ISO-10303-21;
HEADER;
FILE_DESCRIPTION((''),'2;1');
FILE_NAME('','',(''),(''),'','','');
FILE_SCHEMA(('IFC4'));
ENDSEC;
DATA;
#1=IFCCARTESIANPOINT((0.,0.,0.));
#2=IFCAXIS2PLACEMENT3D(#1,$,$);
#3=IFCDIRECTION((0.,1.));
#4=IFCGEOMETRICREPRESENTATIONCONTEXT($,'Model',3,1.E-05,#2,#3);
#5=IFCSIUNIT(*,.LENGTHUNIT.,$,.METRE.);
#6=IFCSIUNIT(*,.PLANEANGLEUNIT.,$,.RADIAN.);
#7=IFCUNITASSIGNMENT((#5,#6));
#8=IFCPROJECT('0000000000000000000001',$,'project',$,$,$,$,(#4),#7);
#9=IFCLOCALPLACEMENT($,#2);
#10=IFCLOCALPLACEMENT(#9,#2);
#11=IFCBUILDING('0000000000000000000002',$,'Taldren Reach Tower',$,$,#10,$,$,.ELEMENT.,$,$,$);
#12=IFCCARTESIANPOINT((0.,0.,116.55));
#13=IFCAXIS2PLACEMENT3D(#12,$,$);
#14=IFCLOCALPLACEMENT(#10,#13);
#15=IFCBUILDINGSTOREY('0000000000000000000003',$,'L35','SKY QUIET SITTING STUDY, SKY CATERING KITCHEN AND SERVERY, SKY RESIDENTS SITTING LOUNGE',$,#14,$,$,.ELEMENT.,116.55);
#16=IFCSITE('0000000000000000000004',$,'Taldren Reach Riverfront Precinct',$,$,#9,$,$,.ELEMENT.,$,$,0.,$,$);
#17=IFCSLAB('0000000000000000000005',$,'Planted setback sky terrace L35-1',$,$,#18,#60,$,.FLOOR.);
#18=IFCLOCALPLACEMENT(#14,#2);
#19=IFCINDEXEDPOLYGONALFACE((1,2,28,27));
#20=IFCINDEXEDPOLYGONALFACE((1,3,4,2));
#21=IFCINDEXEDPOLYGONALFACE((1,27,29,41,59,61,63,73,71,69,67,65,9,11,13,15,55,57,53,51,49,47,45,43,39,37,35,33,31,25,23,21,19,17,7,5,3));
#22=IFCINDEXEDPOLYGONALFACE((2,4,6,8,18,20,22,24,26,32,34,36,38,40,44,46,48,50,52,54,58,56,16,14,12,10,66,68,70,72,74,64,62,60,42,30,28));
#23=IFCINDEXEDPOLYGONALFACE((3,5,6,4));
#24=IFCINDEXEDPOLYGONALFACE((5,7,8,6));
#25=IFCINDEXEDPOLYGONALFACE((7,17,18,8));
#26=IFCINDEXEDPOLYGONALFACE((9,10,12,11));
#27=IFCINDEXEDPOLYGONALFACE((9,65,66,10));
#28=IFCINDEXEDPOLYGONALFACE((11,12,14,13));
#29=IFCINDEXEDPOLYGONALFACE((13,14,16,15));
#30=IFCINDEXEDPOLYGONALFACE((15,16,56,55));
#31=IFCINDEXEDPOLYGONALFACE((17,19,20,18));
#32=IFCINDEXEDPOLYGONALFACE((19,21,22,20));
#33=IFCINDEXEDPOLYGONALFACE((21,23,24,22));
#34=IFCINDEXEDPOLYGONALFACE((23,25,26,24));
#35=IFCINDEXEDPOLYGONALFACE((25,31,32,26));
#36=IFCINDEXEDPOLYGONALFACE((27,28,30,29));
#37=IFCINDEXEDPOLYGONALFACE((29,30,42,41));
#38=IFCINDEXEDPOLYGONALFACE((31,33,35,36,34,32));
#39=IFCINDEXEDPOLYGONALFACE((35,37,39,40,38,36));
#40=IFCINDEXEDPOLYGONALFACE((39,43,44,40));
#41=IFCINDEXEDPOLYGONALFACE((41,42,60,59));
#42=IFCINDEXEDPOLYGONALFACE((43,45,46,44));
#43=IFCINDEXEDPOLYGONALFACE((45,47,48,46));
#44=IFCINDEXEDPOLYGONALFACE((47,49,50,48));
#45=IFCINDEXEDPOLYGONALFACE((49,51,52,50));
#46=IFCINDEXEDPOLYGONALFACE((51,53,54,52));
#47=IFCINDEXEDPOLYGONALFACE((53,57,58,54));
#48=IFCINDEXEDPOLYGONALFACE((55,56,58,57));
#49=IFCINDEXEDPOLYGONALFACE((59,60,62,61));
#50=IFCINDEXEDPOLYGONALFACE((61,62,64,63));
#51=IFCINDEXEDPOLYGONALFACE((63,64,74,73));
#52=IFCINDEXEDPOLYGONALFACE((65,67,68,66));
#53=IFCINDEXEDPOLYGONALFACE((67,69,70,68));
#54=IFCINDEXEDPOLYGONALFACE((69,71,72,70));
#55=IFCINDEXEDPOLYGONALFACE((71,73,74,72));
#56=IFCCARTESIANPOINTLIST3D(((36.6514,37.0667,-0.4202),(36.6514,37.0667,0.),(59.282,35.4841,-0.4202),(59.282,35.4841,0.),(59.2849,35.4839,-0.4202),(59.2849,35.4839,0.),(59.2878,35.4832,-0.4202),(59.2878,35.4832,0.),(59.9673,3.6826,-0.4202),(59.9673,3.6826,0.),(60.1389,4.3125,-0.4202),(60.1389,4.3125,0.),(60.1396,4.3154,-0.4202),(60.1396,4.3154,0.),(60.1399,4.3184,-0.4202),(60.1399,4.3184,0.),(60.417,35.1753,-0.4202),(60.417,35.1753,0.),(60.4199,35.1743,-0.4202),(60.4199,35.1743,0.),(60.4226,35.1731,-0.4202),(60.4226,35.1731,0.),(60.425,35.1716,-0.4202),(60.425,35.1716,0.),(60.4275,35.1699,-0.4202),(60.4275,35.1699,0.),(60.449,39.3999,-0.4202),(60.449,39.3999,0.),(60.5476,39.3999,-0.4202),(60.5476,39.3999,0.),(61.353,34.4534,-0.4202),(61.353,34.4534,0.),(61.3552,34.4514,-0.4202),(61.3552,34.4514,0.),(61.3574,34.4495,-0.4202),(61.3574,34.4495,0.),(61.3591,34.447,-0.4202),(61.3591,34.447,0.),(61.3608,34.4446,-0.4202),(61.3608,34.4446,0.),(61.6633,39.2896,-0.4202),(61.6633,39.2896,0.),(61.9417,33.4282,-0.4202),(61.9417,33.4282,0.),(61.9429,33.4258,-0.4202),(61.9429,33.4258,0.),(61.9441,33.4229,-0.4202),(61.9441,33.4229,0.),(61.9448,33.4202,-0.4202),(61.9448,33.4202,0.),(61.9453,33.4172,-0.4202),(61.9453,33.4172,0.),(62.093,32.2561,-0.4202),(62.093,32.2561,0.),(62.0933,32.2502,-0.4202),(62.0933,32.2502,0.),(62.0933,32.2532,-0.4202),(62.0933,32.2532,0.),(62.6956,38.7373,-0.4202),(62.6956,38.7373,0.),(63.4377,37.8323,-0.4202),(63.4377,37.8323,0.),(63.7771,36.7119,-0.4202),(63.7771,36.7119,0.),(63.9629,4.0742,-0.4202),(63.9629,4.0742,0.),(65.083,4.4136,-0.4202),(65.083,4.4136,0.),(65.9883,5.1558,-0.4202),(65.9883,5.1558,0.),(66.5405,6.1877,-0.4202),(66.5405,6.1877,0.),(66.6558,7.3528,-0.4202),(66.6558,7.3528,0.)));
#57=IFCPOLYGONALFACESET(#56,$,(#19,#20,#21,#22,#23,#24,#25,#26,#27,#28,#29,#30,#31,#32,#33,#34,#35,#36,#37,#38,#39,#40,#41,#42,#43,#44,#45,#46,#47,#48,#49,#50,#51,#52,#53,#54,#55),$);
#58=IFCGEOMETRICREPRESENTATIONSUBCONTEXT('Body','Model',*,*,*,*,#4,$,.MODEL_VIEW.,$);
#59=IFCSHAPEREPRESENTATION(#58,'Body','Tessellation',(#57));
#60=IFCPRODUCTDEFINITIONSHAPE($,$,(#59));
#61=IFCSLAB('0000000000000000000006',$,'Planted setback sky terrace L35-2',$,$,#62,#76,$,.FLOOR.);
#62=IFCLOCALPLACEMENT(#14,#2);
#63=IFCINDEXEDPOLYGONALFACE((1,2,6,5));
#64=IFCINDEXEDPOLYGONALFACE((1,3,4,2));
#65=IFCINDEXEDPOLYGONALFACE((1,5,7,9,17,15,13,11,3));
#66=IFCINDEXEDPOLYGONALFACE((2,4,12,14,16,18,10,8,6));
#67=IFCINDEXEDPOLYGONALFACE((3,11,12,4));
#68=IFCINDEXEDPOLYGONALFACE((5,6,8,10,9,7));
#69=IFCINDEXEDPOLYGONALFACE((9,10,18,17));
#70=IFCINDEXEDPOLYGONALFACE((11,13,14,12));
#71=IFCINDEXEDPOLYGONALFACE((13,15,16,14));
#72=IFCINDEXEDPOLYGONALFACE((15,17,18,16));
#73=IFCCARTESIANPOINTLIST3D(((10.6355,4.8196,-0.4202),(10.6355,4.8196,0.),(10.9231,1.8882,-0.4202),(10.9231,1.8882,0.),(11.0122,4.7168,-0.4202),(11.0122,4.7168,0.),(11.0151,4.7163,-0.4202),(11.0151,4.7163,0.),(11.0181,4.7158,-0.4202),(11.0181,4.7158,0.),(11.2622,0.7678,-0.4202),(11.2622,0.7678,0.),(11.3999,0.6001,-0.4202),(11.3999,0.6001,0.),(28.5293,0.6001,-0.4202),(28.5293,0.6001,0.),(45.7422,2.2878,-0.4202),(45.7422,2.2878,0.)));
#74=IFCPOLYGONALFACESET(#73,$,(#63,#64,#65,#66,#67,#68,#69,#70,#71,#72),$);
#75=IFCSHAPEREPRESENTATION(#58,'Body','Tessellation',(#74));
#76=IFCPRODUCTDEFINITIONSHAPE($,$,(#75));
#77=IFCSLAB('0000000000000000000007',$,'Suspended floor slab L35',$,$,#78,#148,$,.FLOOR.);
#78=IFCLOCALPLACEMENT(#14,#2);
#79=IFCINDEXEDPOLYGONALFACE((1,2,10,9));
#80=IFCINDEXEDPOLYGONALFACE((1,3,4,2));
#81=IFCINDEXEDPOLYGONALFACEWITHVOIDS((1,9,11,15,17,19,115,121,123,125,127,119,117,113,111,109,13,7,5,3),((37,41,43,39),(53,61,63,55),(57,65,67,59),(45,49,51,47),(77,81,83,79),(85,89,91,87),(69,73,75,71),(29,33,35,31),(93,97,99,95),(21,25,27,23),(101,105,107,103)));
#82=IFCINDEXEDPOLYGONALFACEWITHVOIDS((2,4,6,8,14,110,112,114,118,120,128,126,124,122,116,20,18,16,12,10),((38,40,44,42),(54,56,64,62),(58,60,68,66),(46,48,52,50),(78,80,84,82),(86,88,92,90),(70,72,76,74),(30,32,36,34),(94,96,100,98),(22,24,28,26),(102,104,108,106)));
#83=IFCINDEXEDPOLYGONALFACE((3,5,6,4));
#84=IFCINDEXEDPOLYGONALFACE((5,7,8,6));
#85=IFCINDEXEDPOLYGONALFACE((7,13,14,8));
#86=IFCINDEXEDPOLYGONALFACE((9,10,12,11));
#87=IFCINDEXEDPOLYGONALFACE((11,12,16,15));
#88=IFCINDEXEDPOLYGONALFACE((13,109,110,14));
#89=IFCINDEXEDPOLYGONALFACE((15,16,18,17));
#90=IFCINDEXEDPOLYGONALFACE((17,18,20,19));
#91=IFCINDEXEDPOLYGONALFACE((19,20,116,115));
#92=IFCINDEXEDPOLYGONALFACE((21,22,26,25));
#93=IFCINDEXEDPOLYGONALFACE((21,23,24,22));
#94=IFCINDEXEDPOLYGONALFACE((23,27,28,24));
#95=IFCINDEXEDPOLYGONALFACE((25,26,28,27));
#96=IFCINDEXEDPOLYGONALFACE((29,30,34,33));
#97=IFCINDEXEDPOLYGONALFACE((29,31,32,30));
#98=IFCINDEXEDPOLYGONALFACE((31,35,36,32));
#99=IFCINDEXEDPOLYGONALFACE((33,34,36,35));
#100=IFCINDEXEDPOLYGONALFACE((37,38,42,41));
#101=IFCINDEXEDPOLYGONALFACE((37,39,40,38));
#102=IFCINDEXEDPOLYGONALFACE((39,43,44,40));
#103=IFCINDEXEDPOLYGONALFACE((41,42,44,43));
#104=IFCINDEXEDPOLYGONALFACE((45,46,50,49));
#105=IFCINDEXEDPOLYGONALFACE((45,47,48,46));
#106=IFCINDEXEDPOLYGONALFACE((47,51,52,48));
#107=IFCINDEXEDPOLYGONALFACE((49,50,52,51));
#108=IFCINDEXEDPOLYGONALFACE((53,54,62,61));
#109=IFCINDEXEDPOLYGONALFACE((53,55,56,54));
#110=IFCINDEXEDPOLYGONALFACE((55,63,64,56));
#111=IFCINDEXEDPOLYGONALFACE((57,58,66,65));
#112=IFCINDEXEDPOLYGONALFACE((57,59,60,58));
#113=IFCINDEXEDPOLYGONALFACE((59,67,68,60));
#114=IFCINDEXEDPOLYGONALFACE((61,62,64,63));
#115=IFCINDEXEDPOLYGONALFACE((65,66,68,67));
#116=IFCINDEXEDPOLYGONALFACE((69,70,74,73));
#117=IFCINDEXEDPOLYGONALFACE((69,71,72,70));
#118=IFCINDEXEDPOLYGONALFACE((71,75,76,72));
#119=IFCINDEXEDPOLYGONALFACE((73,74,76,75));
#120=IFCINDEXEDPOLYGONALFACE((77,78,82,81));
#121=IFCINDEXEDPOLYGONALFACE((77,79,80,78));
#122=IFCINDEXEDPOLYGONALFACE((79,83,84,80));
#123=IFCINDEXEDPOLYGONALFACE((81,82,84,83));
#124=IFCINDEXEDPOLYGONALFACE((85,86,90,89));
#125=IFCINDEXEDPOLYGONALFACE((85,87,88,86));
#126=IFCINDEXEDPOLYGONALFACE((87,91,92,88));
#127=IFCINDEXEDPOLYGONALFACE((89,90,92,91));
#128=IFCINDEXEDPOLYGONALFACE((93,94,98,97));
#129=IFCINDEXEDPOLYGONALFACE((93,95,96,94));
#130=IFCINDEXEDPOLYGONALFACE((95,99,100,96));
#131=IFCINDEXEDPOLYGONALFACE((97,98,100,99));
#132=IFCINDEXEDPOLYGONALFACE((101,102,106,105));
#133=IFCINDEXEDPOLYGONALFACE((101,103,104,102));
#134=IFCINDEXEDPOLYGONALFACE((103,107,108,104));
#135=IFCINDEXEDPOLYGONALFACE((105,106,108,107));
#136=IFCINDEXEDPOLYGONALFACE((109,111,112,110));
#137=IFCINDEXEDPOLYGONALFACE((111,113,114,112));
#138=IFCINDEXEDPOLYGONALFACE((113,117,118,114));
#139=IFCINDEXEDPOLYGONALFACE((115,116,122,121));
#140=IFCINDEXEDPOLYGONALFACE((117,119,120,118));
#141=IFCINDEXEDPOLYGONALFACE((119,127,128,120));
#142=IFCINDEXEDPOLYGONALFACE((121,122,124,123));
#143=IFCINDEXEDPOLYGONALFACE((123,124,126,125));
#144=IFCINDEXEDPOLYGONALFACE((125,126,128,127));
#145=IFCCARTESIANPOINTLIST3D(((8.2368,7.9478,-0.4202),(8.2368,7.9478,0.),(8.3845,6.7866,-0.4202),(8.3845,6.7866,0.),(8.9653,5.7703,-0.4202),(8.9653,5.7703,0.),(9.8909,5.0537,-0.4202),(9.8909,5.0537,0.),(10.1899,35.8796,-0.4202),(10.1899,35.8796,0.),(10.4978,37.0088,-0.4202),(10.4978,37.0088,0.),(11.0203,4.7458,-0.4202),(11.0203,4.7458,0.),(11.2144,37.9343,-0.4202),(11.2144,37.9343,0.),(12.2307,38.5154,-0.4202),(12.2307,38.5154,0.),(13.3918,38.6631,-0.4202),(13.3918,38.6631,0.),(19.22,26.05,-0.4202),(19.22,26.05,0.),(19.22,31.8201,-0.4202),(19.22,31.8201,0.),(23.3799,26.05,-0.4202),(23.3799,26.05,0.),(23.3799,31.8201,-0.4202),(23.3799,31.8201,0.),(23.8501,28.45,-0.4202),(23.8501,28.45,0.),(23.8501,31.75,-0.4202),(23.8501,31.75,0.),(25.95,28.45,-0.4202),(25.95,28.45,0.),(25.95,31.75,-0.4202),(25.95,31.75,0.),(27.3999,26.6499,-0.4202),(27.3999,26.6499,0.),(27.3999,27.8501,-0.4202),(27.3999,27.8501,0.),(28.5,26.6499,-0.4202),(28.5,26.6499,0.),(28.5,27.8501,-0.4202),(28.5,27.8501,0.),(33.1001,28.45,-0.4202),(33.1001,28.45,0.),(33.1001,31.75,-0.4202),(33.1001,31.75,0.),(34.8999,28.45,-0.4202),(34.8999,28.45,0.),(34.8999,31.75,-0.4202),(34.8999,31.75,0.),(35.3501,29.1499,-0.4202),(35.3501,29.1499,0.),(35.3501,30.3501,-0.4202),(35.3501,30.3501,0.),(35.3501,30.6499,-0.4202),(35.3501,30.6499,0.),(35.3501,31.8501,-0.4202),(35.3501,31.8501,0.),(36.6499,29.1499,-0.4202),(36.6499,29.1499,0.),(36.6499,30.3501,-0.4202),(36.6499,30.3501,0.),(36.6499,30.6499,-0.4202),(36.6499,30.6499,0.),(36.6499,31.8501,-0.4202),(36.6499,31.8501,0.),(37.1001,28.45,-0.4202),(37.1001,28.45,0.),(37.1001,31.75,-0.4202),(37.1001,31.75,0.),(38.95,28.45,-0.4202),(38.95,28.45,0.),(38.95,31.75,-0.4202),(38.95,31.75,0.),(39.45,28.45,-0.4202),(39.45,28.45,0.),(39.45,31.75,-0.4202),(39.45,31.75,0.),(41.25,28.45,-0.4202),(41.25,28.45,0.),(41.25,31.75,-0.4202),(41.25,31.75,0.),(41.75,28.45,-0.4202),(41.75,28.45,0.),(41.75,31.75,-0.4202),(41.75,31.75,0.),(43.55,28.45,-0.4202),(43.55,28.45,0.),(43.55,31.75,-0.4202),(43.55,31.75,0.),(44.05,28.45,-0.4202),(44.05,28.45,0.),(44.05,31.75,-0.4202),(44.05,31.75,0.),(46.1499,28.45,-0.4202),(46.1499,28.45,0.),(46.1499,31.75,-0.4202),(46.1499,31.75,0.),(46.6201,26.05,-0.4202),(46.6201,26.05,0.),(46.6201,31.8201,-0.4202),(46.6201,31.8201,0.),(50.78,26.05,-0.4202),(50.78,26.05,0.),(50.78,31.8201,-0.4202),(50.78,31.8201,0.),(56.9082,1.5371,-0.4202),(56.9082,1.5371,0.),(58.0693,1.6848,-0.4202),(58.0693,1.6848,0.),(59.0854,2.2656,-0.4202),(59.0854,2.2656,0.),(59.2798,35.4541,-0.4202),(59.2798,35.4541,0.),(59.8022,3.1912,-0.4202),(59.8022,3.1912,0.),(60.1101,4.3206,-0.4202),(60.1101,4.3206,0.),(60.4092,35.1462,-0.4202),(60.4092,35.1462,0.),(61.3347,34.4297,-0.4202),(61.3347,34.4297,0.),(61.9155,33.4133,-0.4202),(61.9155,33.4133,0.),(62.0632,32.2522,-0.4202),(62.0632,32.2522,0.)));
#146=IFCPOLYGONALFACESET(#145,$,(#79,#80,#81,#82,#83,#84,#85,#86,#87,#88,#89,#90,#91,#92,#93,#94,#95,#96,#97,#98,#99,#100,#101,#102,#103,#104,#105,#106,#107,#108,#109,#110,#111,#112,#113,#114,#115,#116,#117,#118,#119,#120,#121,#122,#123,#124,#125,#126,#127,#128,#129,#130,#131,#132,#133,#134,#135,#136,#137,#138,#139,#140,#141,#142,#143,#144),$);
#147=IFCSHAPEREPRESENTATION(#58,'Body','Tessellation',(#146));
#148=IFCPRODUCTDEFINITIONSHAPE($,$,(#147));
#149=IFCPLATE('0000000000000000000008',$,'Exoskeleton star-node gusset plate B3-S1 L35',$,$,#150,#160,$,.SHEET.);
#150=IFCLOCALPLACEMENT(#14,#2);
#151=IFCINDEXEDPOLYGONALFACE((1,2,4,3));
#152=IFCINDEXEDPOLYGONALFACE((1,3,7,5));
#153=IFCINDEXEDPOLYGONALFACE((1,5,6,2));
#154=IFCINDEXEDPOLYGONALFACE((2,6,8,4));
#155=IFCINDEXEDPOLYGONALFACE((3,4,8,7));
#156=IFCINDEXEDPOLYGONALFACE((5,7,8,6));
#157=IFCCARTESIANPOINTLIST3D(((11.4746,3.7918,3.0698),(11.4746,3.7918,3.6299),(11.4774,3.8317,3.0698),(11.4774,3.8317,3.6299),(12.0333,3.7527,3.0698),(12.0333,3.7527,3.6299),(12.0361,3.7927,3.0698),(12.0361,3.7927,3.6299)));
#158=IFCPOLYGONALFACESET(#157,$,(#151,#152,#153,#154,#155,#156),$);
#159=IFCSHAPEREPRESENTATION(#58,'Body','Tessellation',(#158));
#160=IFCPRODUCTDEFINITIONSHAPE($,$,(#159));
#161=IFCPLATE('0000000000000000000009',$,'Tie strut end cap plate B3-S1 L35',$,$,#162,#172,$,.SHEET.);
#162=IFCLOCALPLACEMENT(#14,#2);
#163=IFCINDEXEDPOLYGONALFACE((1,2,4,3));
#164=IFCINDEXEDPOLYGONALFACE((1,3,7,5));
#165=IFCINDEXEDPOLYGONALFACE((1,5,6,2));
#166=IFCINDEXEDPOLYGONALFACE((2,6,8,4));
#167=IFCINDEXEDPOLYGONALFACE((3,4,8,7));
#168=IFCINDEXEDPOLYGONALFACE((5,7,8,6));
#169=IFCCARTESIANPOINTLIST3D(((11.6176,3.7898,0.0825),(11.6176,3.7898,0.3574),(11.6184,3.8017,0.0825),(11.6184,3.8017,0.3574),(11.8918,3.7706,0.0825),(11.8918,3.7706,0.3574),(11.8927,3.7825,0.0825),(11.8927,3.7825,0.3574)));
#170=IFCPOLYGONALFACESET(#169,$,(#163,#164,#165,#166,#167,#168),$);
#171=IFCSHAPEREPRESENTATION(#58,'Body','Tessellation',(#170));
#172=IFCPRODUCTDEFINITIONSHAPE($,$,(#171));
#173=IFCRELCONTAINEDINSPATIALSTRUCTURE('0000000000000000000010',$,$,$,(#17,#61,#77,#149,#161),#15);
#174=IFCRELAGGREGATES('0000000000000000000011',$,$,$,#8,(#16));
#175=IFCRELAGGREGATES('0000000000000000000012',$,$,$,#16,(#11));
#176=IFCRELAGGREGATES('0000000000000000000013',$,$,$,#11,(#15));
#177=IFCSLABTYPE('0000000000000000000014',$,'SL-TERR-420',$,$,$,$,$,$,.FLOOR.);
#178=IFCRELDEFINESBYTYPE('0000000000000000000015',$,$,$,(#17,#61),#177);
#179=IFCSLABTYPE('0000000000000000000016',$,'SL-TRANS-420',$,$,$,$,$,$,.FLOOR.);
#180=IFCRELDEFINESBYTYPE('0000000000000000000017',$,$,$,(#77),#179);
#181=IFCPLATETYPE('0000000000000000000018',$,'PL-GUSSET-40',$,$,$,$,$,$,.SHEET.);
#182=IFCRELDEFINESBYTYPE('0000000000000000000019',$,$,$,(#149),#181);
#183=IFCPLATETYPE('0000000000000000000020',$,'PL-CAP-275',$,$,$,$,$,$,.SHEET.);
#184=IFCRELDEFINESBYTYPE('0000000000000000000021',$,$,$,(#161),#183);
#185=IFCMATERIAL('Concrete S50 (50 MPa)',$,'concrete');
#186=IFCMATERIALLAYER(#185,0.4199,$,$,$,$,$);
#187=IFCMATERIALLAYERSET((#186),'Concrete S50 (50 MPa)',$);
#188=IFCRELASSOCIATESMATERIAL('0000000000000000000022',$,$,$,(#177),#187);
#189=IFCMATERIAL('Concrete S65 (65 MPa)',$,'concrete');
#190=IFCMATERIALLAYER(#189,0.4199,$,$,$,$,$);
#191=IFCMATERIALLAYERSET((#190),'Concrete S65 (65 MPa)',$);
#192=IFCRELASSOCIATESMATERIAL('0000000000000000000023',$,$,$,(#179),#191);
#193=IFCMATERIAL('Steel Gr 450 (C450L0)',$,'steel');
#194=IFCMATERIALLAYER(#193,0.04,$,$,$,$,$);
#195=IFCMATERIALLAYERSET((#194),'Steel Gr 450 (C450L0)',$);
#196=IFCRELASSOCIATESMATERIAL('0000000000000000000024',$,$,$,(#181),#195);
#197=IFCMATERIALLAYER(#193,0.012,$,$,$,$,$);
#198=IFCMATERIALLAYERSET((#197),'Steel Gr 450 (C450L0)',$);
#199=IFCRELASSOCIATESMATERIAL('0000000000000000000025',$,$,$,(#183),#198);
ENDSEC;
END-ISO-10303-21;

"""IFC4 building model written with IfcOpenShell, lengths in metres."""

from ifc_helpers import new_model, si_unit, direction, frame, origin, origin_2d, place, context, subcontext, project, spatial, polyline, rectangle, outline, extrude, source, transform, mapped, material, layer, layer_set, type_object, element, save


model = new_model("IFC4")

# Units and contexts
model_context = context("Model", 3, precision=1e-05, world=origin(), true_north=direction((0.0, 1.0)))
body_context = subcontext(model_context, "Body", "Model", "MODEL_VIEW")
ifc_project = project(units=[si_unit("LENGTHUNIT", "METRE"), si_unit("PLANEANGLEUNIT", "RADIAN")], contexts=[model_context])

# Site, building, storey
site_placement = place(None, origin())
site = spatial("IfcSite", under=ifc_project, at=site_placement, Name="Taldren Reach Riverfront Precinct", CompositionType="ELEMENT", RefElevation=0.0)
building_placement = place(site_placement, origin())
building = spatial("IfcBuilding", under=site, at=building_placement, Name="Taldren Reach Tower", CompositionType="ELEMENT")
storey_placement = place(building_placement, frame((0.0, 0.0, 116.55)))
storey = spatial("IfcBuildingStorey", under=building, at=storey_placement, Name="L35", Description="SKY QUIET SITTING STUDY, SKY CATERING KITCHEN AND SERVERY, SKY RESIDENTS SITTING LOUNGE", CompositionType="ELEMENT", Elevation=116.55)

# Shared definitions
ifc_material_1 = material(Name="Steel Gr 450 (C450L0)", Category="steel")

# Shared definitions
ifc_material_2 = material(Name="Concrete S50 (50 MPa)", Category="concrete")

# Slabs
ifc_layer_1 = layer(ifc_material_2, 0.4199)
ifc_layer_set_1 = layer_set([ifc_layer_1], Name="Concrete S50 (50 MPa)")
slab_type_1 = type_object("IfcSlabType", Name="SL-TERR-420", PredefinedType="FLOOR", material=ifc_layer_set_1)
slab_1_placement = place(storey_placement, frame((0.0, 0.0, -0.4202)))
element("IfcSlab", 1, at=slab_1_placement, inside=storey, type_object=slab_type_1, Name="Planted setback sky terrace L35-1", PredefinedType="FLOOR", context=body_context, shape_type="SweptSolid", body=[
    extrude(outline(polyline([(61.6633, 39.2896), (62.6956, 38.7373), (63.4377, 37.8323), (63.7771, 36.7119), (66.6558, 7.3528), (66.5405, 6.1877), (65.9883, 5.1558), (65.083, 4.4136), (63.9629, 4.0742), (59.9673, 3.6826), (60.1389, 4.3125), (60.1396, 4.3154), (60.1399, 4.3184), (62.0933, 32.2502), (62.0933, 32.2532), (62.093, 32.2561), (61.9453, 33.4172), (61.9448, 33.4202), (61.9441, 33.4229), (61.9429, 33.4258), (61.9417, 33.4282), (61.3608, 34.4446), (61.3591, 34.447), (61.3574, 34.4495), (61.3552, 34.4514), (61.353, 34.4534), (60.4275, 35.1699), (60.425, 35.1716), (60.4226, 35.1731), (60.4199, 35.1743), (60.417, 35.1753), (59.2878, 35.4832), (59.2849, 35.4839), (59.282, 35.4841), (36.6514, 37.0667), (60.449, 39.3999), (60.5476, 39.3999), (61.6633, 39.2896)])), origin(), (0.0, 0.0, 1.0), 0.4202),
])
slab_2_placement = place(storey_placement, frame((0.0, 0.0, -0.4202)))
element("IfcSlab", 2, at=slab_2_placement, inside=storey, type_object=slab_type_1, Name="Planted setback sky terrace L35-2", PredefinedType="FLOOR", context=body_context, shape_type="SweptSolid", body=[
    extrude(outline(polyline([(11.2622, 0.7678), (10.9231, 1.8882), (10.6355, 4.8196), (11.0122, 4.7168), (11.0151, 4.7163), (11.0181, 4.7158), (45.7422, 2.2878), (28.5293, 0.6001), (11.3999, 0.6001), (11.2622, 0.7678)])), origin(), (0.0, 0.0, 1.0), 0.4202),
])
ifc_material_3 = material(Name="Concrete S65 (65 MPa)", Category="concrete")
ifc_layer_2 = layer(ifc_material_3, 0.4199)
ifc_layer_set_2 = layer_set([ifc_layer_2], Name="Concrete S65 (65 MPa)")
slab_type_2 = type_object("IfcSlabType", Name="SL-TRANS-420", PredefinedType="FLOOR", material=ifc_layer_set_2)
slab_3_placement = place(storey_placement, frame((0.0, 0.0, -0.4202)))
element("IfcSlab", 3, at=slab_3_placement, inside=storey, type_object=slab_type_2, Name="Suspended floor slab L35", PredefinedType="FLOOR", context=body_context, shape_type="SweptSolid", body=[
    extrude(outline(polyline([(56.9082, 1.5371), (58.0693, 1.6848), (59.0854, 2.2656), (59.8022, 3.1912), (60.1101, 4.3206), (62.0632, 32.2522), (61.9155, 33.4133), (61.3347, 34.4297), (60.4092, 35.1462), (59.2798, 35.4541), (13.3918, 38.6631), (12.2307, 38.5154), (11.2144, 37.9343), (10.4978, 37.0088), (10.1899, 35.8796), (8.2368, 7.9478), (8.3845, 6.7866), (8.9653, 5.7703), (9.8909, 5.0537), (11.0203, 4.7458), (56.9082, 1.5371)]), holes=[polyline([(19.22, 26.05), (23.3799, 26.05), (23.3799, 31.8201), (19.22, 31.8201), (19.22, 26.05)]), polyline([(46.6201, 26.05), (50.78, 26.05), (50.78, 31.8201), (46.6201, 31.8201), (46.6201, 26.05)]), polyline([(23.8501, 28.45), (25.95, 28.45), (25.95, 31.75), (23.8501, 31.75), (23.8501, 28.45)]), polyline([(44.05, 28.45), (46.1499, 28.45), (46.1499, 31.75), (44.05, 31.75), (44.05, 28.45)]), polyline([(33.1001, 28.45), (34.8999, 28.45), (34.8999, 31.75), (33.1001, 31.75), (33.1001, 28.45)]), polyline([(37.1001, 28.45), (38.95, 28.45), (38.95, 31.75), (37.1001, 31.75), (37.1001, 28.45)]), polyline([(39.45, 28.45), (41.25, 28.45), (41.25, 31.75), (39.45, 31.75), (39.45, 28.45)]), polyline([(41.75, 28.45), (43.55, 28.45), (43.55, 31.75), (41.75, 31.75), (41.75, 28.45)]), polyline([(35.3501, 30.6499), (36.6499, 30.6499), (36.6499, 31.8501), (35.3501, 31.8501), (35.3501, 30.6499)]), polyline([(35.3501, 29.1499), (36.6499, 29.1499), (36.6499, 30.3501), (35.3501, 30.3501), (35.3501, 29.1499)]), polyline([(27.3999, 26.6499), (28.5, 26.6499), (28.5, 27.8501), (27.3999, 27.8501), (27.3999, 26.6499)])]), origin(), (0.0, 0.0, 1.0), 0.4202),
])

# Plates
ifc_layer_3 = layer(ifc_material_1, 0.04)
ifc_layer_set_3 = layer_set([ifc_layer_3], Name="Steel Gr 450 (C450L0)")
plate_type_1 = type_object("IfcPlateType", Name="PL-GUSSET-40", PredefinedType="SHEET", material=ifc_layer_set_3)
shared_shape_1 = source(origin(), body_context, "Body", "SweptSolid", [
    extrude(rectangle(XDim=0.5601, YDim=0.04, at=origin_2d()), origin(), (0.0, 0.0, 1.0), 0.5601),
])
plate_1_placement = place(storey_placement, frame((11.7554, 3.7922, 3.0698), z_axis=(0.0, 0.0, 1.0), x_axis=(0.997564, -0.069756, 0.0)))
element("IfcPlate", 4, at=plate_1_placement, inside=storey, type_object=plate_type_1, Name="Exoskeleton star-node gusset plate B3-S1 L35", PredefinedType="SHEET", context=body_context, shape_type="MappedRepresentation", body=[
    mapped(shared_shape_1, transform((0.0, 0.0, 0.0), scale=1.0)),
])
ifc_layer_4 = layer(ifc_material_1, 0.012)
ifc_layer_set_4 = layer_set([ifc_layer_4], Name="Steel Gr 450 (C450L0)")
plate_type_2 = type_object("IfcPlateType", Name="PL-CAP-275", PredefinedType="SHEET", material=ifc_layer_set_4)
shared_shape_2 = source(origin(), body_context, "Body", "SweptSolid", [
    extrude(rectangle(XDim=0.2749, YDim=0.012, at=origin_2d()), origin(), (0.0, 0.0, 1.0), 0.2749),
])
plate_2_placement = place(storey_placement, frame((11.7551, 3.7861, 0.0825), z_axis=(0.0, 0.0, 1.0), x_axis=(0.997564, -0.069756, 0.0)))
element("IfcPlate", 5, at=plate_2_placement, inside=storey, type_object=plate_type_2, Name="Tie strut end cap plate B3-S1 L35", PredefinedType="SHEET", context=body_context, shape_type="MappedRepresentation", body=[
    mapped(shared_shape_2, transform((0.0, 0.0, 0.0), scale=1.0)),
])

save(model, "model.ifc")
